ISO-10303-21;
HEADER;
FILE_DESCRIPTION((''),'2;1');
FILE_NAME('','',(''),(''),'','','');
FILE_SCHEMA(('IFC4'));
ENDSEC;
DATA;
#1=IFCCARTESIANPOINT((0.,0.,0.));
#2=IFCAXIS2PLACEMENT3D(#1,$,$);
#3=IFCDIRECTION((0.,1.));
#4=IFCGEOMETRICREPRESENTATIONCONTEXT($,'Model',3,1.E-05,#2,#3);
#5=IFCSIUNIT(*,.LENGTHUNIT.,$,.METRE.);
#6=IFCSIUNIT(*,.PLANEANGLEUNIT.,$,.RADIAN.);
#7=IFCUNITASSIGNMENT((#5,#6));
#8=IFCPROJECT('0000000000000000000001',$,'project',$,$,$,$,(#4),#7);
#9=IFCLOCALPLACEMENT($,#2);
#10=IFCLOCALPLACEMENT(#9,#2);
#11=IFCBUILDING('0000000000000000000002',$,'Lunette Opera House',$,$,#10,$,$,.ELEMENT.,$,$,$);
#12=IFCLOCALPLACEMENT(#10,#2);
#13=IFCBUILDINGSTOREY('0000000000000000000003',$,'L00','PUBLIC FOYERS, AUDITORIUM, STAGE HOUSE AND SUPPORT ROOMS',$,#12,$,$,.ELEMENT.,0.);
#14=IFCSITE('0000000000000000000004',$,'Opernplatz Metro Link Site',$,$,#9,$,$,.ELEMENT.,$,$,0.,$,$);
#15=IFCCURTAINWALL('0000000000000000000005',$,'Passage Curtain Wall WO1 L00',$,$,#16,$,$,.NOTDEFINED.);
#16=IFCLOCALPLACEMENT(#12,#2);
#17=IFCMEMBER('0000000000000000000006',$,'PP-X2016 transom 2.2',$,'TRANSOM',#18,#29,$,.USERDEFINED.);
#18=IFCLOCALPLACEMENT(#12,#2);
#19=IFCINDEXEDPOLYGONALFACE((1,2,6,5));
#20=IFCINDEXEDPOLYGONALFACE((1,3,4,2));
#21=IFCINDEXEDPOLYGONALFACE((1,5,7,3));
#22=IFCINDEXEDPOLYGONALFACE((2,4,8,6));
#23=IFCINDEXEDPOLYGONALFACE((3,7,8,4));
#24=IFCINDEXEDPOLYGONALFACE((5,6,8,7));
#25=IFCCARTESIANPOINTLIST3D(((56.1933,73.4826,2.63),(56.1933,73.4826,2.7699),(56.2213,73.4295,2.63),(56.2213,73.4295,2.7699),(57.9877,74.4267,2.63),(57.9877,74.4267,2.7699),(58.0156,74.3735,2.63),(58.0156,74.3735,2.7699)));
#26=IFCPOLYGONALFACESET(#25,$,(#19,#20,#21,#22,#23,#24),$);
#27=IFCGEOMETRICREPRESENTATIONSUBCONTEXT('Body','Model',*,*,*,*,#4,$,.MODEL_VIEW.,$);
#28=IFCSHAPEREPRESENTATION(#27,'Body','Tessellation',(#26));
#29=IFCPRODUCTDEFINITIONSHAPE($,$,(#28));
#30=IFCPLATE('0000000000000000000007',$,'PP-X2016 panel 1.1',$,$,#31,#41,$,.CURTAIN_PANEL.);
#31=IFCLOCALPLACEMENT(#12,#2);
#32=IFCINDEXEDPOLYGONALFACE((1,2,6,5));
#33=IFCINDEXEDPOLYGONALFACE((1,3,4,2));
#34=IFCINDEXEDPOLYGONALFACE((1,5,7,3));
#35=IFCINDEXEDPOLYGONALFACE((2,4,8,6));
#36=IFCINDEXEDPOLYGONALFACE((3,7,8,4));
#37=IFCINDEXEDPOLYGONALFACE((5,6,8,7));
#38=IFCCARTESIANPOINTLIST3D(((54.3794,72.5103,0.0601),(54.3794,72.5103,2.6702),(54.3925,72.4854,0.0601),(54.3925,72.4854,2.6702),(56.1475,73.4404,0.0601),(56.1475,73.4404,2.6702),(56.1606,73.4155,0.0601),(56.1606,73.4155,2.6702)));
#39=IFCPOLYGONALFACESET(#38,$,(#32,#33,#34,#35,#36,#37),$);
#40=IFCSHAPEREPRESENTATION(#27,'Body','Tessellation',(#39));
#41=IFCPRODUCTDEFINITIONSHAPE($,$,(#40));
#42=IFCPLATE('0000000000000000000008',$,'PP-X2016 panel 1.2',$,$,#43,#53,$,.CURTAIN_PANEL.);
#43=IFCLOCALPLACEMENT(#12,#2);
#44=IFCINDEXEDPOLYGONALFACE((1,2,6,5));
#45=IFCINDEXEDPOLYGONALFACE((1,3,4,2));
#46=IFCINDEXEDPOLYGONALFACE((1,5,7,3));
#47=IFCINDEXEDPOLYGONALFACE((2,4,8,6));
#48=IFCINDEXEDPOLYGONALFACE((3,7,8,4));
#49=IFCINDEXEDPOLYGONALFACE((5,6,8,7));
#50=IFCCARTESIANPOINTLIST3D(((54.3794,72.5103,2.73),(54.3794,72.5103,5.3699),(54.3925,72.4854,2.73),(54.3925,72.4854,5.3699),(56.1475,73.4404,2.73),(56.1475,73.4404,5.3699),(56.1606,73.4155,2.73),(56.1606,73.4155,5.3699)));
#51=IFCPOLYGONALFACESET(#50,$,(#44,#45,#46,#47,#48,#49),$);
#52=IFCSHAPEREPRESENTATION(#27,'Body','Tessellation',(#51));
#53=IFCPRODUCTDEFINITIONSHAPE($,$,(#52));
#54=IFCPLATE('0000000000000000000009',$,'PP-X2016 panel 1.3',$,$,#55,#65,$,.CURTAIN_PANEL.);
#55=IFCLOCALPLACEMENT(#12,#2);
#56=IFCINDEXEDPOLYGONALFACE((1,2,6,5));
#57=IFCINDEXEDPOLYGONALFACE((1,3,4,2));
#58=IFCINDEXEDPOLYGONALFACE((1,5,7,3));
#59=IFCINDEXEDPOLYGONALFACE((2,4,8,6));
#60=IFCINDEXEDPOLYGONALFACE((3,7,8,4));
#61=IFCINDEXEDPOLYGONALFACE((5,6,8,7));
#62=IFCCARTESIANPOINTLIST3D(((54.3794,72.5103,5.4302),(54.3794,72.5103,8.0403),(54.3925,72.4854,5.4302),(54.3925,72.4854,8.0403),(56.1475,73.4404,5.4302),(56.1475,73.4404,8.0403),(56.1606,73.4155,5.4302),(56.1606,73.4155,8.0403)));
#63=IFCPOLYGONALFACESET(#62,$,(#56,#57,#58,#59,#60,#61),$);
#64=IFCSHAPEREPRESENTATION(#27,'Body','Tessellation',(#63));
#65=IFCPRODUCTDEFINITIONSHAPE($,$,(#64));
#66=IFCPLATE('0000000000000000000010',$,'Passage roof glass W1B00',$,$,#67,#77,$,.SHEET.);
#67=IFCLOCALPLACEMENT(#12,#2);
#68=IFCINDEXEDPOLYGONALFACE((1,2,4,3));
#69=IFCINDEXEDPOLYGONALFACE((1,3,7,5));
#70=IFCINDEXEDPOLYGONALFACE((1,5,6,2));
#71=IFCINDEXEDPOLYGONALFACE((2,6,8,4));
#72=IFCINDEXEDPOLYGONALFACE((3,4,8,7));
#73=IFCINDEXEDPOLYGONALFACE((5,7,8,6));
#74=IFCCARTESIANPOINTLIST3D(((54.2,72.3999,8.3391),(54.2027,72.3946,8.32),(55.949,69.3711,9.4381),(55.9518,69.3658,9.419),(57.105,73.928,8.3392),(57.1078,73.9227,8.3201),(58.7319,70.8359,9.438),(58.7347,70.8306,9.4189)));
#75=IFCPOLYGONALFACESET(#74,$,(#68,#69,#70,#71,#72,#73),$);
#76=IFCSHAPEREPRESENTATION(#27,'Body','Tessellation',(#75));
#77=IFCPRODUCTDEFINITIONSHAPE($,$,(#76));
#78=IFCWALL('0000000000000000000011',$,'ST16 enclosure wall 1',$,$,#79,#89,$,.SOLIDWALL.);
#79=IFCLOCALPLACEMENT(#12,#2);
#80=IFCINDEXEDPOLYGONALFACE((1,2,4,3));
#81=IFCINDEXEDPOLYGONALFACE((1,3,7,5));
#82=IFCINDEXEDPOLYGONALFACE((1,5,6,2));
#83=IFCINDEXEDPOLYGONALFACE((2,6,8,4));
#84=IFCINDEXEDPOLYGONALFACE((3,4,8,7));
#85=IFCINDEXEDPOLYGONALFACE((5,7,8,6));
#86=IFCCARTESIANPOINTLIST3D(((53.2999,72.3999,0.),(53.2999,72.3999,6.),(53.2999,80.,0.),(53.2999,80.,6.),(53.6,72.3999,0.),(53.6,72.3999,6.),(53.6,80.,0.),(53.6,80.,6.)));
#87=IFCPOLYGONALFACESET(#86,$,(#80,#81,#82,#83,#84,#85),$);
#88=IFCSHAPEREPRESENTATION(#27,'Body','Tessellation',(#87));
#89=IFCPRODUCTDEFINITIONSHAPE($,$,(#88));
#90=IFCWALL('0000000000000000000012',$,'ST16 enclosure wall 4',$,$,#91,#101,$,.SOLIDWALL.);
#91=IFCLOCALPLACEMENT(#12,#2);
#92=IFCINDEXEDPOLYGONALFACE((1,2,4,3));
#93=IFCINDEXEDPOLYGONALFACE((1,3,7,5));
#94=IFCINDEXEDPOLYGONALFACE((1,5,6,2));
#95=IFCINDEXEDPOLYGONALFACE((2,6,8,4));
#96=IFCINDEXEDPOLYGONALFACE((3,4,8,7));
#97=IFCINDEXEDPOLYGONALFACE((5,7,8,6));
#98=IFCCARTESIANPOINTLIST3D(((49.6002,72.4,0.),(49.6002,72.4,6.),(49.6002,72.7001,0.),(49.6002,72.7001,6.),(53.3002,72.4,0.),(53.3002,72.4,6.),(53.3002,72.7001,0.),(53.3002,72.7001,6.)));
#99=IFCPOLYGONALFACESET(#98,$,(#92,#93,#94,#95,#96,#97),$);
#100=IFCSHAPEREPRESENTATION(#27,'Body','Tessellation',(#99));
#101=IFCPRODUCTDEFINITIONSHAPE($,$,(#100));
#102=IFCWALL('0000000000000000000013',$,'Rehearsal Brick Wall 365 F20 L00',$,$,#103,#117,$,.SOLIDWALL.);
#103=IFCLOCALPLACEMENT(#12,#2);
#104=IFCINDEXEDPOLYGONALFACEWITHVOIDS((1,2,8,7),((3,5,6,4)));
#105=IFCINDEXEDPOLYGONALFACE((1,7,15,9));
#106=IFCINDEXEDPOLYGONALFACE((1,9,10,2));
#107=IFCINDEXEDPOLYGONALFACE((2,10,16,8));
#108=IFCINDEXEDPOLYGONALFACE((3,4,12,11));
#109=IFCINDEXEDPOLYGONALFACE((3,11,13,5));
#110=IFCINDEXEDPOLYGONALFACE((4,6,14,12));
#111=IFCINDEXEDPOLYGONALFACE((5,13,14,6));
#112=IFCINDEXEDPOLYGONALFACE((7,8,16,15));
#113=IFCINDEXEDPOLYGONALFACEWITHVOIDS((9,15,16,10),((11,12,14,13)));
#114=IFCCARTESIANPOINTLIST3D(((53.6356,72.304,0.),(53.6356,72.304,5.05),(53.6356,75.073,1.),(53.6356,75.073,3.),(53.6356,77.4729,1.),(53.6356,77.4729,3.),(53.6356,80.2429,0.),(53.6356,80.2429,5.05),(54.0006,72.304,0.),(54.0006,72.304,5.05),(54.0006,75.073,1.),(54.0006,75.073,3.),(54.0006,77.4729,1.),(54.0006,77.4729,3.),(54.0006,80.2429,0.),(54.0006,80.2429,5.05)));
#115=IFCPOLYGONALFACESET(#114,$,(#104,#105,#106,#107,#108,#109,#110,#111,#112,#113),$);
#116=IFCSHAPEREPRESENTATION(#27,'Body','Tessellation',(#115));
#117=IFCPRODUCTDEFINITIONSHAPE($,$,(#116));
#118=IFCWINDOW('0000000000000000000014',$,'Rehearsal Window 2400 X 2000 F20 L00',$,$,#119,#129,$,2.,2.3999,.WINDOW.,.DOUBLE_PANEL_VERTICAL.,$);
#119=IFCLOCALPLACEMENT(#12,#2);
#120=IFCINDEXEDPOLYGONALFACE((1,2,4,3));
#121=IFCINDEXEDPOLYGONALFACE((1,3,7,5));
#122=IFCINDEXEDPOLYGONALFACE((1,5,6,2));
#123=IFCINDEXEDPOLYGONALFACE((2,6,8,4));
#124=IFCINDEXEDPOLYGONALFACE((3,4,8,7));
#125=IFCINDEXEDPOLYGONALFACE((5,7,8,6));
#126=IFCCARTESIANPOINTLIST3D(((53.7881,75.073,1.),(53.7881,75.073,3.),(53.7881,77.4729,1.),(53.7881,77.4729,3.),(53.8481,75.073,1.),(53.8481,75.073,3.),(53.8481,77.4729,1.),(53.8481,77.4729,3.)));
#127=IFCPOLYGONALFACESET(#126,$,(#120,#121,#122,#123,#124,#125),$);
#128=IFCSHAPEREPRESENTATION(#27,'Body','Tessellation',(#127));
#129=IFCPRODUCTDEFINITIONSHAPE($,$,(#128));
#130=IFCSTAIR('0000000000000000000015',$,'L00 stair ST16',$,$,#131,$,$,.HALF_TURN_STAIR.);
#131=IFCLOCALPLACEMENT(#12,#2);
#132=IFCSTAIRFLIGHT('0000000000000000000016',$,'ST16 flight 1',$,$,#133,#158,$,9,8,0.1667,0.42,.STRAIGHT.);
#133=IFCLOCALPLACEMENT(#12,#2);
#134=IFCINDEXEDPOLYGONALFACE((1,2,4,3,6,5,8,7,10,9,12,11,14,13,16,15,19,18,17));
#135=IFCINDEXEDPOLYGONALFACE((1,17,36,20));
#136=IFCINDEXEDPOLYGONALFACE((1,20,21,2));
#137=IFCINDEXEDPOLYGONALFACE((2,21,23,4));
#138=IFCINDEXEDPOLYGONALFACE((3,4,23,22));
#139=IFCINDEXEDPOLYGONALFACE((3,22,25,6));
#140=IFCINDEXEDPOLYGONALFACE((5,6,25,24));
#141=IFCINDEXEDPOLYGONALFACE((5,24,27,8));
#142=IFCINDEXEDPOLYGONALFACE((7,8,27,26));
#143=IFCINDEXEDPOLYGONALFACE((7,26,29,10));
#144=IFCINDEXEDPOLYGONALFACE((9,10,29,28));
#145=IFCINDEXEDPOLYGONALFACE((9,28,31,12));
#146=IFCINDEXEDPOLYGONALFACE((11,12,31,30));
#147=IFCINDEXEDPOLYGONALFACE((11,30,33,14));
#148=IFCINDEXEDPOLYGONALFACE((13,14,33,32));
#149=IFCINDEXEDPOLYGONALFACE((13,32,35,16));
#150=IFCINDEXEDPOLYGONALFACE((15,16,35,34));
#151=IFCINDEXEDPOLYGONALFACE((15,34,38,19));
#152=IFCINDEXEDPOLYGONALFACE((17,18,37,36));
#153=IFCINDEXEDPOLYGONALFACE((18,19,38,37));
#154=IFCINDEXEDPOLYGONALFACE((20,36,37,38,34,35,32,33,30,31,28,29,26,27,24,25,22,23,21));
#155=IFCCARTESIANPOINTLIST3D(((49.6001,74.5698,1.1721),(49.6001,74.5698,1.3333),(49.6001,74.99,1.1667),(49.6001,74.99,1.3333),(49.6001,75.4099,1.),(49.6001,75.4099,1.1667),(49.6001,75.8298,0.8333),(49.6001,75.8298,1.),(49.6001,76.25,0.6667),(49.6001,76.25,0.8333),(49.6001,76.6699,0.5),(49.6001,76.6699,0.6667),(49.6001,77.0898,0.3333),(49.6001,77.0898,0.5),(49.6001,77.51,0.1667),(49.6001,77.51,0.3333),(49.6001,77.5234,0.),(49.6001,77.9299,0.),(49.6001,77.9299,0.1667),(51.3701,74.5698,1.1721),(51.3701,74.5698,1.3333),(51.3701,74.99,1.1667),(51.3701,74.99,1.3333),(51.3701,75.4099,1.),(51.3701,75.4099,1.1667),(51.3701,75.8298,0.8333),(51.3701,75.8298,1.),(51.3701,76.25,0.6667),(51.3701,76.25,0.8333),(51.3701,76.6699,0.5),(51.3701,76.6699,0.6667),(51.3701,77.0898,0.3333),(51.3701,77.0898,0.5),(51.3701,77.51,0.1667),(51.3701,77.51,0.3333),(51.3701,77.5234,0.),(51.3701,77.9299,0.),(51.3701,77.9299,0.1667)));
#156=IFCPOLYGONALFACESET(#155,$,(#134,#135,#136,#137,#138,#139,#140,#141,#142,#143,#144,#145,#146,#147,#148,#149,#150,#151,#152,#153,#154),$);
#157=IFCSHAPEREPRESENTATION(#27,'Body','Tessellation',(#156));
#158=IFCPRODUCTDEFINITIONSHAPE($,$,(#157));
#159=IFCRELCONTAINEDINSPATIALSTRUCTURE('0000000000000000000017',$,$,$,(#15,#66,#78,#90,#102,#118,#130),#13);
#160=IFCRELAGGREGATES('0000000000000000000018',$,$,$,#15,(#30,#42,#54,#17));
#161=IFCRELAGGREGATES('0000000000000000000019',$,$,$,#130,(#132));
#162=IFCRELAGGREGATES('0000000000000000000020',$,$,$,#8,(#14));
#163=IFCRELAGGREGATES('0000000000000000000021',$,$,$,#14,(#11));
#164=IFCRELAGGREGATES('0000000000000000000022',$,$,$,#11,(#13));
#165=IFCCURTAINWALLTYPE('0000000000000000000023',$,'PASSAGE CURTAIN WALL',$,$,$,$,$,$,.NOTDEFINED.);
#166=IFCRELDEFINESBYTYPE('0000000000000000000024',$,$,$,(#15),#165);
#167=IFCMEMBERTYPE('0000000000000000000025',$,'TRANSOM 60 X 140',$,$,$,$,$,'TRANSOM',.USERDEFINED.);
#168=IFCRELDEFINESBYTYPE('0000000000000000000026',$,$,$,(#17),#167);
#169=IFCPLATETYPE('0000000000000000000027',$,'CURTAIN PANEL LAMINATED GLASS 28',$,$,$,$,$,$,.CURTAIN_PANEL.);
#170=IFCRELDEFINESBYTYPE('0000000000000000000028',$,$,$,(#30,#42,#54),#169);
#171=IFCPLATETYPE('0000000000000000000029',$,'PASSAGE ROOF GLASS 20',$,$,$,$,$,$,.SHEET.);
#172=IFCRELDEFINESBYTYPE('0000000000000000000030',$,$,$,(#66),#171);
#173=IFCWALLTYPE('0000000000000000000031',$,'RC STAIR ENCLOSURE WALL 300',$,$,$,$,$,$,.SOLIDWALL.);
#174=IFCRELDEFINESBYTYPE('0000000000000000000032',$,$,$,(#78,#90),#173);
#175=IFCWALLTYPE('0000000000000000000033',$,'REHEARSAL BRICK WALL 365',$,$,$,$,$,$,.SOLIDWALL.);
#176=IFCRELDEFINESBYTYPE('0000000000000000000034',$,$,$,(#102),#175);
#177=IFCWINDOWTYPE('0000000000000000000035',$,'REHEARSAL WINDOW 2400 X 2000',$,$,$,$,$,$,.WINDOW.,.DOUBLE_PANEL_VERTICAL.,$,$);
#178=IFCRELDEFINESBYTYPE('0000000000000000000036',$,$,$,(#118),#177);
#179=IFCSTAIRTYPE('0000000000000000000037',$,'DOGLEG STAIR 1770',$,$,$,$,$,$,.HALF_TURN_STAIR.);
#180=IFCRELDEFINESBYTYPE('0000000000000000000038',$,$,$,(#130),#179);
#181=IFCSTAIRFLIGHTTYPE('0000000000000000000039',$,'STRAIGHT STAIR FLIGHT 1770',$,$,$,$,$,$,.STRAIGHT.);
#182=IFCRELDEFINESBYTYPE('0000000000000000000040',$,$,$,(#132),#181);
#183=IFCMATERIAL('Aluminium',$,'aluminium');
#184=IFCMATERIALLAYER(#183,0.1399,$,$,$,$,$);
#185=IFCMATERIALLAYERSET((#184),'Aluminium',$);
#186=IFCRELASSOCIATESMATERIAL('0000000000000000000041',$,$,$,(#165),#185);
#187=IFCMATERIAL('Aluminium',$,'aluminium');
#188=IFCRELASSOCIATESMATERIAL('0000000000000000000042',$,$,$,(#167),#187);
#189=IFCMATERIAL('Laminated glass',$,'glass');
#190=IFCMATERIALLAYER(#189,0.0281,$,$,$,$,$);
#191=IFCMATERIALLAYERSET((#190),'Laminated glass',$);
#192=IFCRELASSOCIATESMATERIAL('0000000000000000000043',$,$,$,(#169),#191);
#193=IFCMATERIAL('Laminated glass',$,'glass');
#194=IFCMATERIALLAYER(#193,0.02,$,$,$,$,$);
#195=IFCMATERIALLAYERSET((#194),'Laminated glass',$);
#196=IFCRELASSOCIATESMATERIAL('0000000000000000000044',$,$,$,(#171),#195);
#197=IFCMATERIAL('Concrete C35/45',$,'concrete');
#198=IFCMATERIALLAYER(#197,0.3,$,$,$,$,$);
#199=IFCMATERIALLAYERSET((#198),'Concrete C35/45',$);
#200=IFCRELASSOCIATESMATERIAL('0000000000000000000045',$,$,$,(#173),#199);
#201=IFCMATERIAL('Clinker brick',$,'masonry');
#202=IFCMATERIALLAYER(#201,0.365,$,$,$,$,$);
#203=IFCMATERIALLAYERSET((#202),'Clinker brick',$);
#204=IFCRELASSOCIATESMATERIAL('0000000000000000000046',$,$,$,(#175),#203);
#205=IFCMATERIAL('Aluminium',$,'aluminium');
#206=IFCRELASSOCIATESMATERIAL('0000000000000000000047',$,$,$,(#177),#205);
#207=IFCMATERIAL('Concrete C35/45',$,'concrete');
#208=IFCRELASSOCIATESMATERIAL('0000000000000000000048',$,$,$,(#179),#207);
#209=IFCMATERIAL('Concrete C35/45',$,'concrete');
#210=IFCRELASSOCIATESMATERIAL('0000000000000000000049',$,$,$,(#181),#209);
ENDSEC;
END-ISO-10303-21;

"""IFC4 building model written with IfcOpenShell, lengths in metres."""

from ifc_helpers import new_model, si_unit, direction, frame, frame_2d, origin, origin_2d, place, context, subcontext, project, spatial, polyline, rectangle, outline, extrude, material, layer, layer_set, material_profile, profile_set, type_object, element, fill, aggregate, save


model = new_model("IFC4")

# Units and contexts
model_context = context("Model", 3, precision=1e-05, world=origin(), true_north=direction((0.0, 1.0)))
body_context = subcontext(model_context, "Body", "Model", "MODEL_VIEW")
ifc_project = project(units=[si_unit("LENGTHUNIT", "METRE"), si_unit("PLANEANGLEUNIT", "RADIAN")], contexts=[model_context])

# Site, building, storey
site_placement = place(None, origin())
site = spatial("IfcSite", under=ifc_project, at=site_placement, Name="Opernplatz Metro Link Site", CompositionType="ELEMENT", RefElevation=0.0)
building_placement = place(site_placement, origin())
building = spatial("IfcBuilding", under=site, at=building_placement, Name="Lunette Opera House", CompositionType="ELEMENT")
storey_placement = place(building_placement, origin())
storey = spatial("IfcBuildingStorey", under=building, at=storey_placement, Name="L00", Description="PUBLIC FOYERS, AUDITORIUM, STAGE HOUSE AND SUPPORT ROOMS", CompositionType="ELEMENT", Elevation=0.0)

# Curtain wall
ifc_material_1 = material(Name="Aluminium", Category="aluminium")
ifc_layer_1 = layer(ifc_material_1, 0.1399)
ifc_layer_set_1 = layer_set([ifc_layer_1], Name="Aluminium")
curtain_wall_type = type_object("IfcCurtainWallType", Name="PASSAGE CURTAIN WALL", PredefinedType="NOTDEFINED", material=ifc_layer_set_1)
curtain_wall_placement = place(storey_placement, origin())
curtain_wall = element("IfcCurtainWall", 1, at=curtain_wall_placement, inside=storey, type_object=curtain_wall_type, Name="Passage Curtain Wall WO1 L00", PredefinedType="NOTDEFINED")

# Member
ifc_material_2 = material(Name="Aluminium", Category="aluminium")
ifc_material_profile_1 = material_profile(ifc_material_2, rectangle(XDim=0.0601, YDim=0.1399, at=origin_2d()), Name="TRANSOM 60 X 140")
ifc_profile_set_1 = profile_set([ifc_material_profile_1], Name="Aluminium")
member_type_1 = type_object("IfcMemberType", Name="TRANSOM 60 X 140", ElementType="TRANSOM", PredefinedType="USERDEFINED", material=ifc_profile_set_1)
member_1_placement = place(storey_placement, frame((56.2073, 73.4561, 2.7), z_axis=(0.884989, 0.465612, 0.0), x_axis=(-0.465612, 0.884989, 0.0)))
member_1 = element("IfcMember", 2, at=member_1_placement, type_object=member_type_1, Name="PP-X2016 transom 2.2", ObjectType="TRANSOM", PredefinedType="USERDEFINED", context=body_context, shape_type="SweptSolid", body=[
    extrude(rectangle(XDim=0.0601, YDim=0.1399, at=origin_2d()), origin(), (0.0, 0.0, 1.0), 2.0276),
])

# Plates
ifc_material_3 = material(Name="Laminated glass", Category="glass")
ifc_layer_2 = layer(ifc_material_3, 0.0281)
ifc_layer_set_2 = layer_set([ifc_layer_2], Name="Laminated glass")
plate_type_1 = type_object("IfcPlateType", Name="CURTAIN PANEL LAMINATED GLASS 28", PredefinedType="CURTAIN_PANEL", material=ifc_layer_set_2)
plate_1_placement = place(storey_placement, frame((55.27, 72.9629, 0.0601), z_axis=(0.0, 0.0, 1.0), x_axis=(0.885008, 0.465575, 0.0)))
plate_1 = element("IfcPlate", 3, at=plate_1_placement, type_object=plate_type_1, Name="PP-X2016 panel 1.1", PredefinedType="CURTAIN_PANEL", context=body_context, shape_type="SweptSolid", body=[
    extrude(rectangle(XDim=1.9978, YDim=0.0281, at=origin_2d()), origin(), (0.0, 0.0, 1.0), 2.6101),
])
plate_2_placement = place(storey_placement, frame((55.27, 72.9629, 2.73), z_axis=(0.0, 0.0, 1.0), x_axis=(0.885008, 0.465575, 0.0)))
plate_2 = element("IfcPlate", 4, at=plate_2_placement, type_object=plate_type_1, Name="PP-X2016 panel 1.2", PredefinedType="CURTAIN_PANEL", context=body_context, shape_type="SweptSolid", body=[
    extrude(rectangle(XDim=1.9978, YDim=0.0281, at=origin_2d()), origin(), (0.0, 0.0, 1.0), 2.6399),
])
plate_3_placement = place(storey_placement, frame((55.27, 72.9629, 5.4302), z_axis=(0.0, 0.0, 1.0), x_axis=(0.885008, 0.465575, 0.0)))
plate_3 = element("IfcPlate", 5, at=plate_3_placement, type_object=plate_type_1, Name="PP-X2016 panel 1.3", PredefinedType="CURTAIN_PANEL", context=body_context, shape_type="SweptSolid", body=[
    extrude(rectangle(XDim=1.9978, YDim=0.0281, at=origin_2d()), origin(), (0.0, 0.0, 1.0), 2.6101),
])
aggregate(curtain_wall, [plate_1, plate_2, plate_3, member_1])
ifc_material_4 = material(Name="Laminated glass", Category="glass")
ifc_layer_3 = layer(ifc_material_4, 0.02)
ifc_layer_set_3 = layer_set([ifc_layer_3], Name="Laminated glass")
plate_type_2 = type_object("IfcPlateType", Name="PASSAGE ROOF GLASS 20", PredefinedType="SHEET", material=ifc_layer_set_3)
plate_4_placement = place(storey_placement, frame((54.2, 72.3999, 8.3391), z_axis=(-0.139689, 0.265477, 0.953944), x_axis=(0.885024, 0.465546, 0.000039)))
element("IfcPlate", 6, at=plate_4_placement, inside=storey, type_object=plate_type_2, Name="Passage roof glass W1B00", PredefinedType="SHEET", context=body_context, shape_type="SweptSolid", body=[
    extrude(outline(polyline([(0.0, 0.0), (3.2824, 0.0), (3.2829, -3.6627), (0.1379, -3.6635), (0.0, 0.0)])), origin(), (0.0, 0.0, -1.0), 0.02),
])

# Walls
ifc_material_5 = material(Name="Concrete C35/45", Category="concrete")
ifc_layer_4 = layer(ifc_material_5, 0.3)
ifc_layer_set_4 = layer_set([ifc_layer_4], Name="Concrete C35/45")
wall_type_1 = type_object("IfcWallType", Name="RC STAIR ENCLOSURE WALL 300", PredefinedType="SOLIDWALL", material=ifc_layer_set_4)
wall_1_placement = place(storey_placement, frame((53.45, 72.3999, 0.0), z_axis=(0.0, 0.0, 1.0), x_axis=(0.0, 1.0, 0.0)))
element("IfcWall", 7, at=wall_1_placement, inside=storey, type_object=wall_type_1, Name="ST16 enclosure wall 1", PredefinedType="SOLIDWALL", context=body_context, shape_type="SweptSolid", body=[
    extrude(rectangle(XDim=7.6001, YDim=0.3, at=frame_2d((3.8, 0.0))), origin(), (0.0, 0.0, 1.0), 6.0),
])
wall_2_placement = place(storey_placement, frame((49.6001, 72.55, 0.0), z_axis=(0.0, 0.0, 1.0), x_axis=(1.0, 0.0, 0.0)))
element("IfcWall", 8, at=wall_2_placement, inside=storey, type_object=wall_type_1, Name="ST16 enclosure wall 4", PredefinedType="SOLIDWALL", context=body_context, shape_type="SweptSolid", body=[
    extrude(rectangle(XDim=3.7, YDim=0.3, at=frame_2d((1.8501, 0.0))), origin(), (0.0, 0.0, 1.0), 6.0),
])

# Wall, opening, window
ifc_material_6 = material(Name="Clinker brick", Category="masonry")
ifc_layer_5 = layer(ifc_material_6, 0.365)
ifc_layer_set_5 = layer_set([ifc_layer_5], Name="Clinker brick")
wall_type_2 = type_object("IfcWallType", Name="REHEARSAL BRICK WALL 365", PredefinedType="SOLIDWALL", material=ifc_layer_set_5)
wall_3_placement = place(storey_placement, frame((53.8181, 72.304, 0.0), z_axis=(0.0, 0.0, 1.0), x_axis=(0.0, 1.0, 0.0)))
wall_3 = element("IfcWall", 9, at=wall_3_placement, inside=storey, type_object=wall_type_2, Name="Rehearsal Brick Wall 365 F20 L00", PredefinedType="SOLIDWALL", context=body_context, shape_type="SweptSolid", body=[
    extrude(rectangle(XDim=7.939, YDim=0.365, at=frame_2d((3.9695, 0.0))), origin(), (0.0, 0.0, 1.0), 5.05),
])
opening_placement = place(wall_3_placement, frame((2.769, 0.0, 1.0)))
opening = element("IfcOpeningElement", 10, at=opening_placement, cuts=wall_3, PredefinedType="OPENING", context=body_context, shape_type="SweptSolid", body=[
    extrude(rectangle(XDim=2.3999, YDim=2.0, at=frame_2d((1.2, 1.0))), frame((0.0, 0.1946, 0.0), z_axis=(0.0, -1.0, 0.0), x_axis=(1.0, 0.0, 0.0)), (0.0, 0.0, 1.0), 0.3889),
])
ifc_material_7 = material(Name="Aluminium", Category="aluminium")
window_type = type_object("IfcWindowType", Name="REHEARSAL WINDOW 2400 X 2000", PartitioningType="DOUBLE_PANEL_VERTICAL", PredefinedType="WINDOW", material=ifc_material_7)
window_placement = place(opening_placement, origin())
window = element("IfcWindow", 11, at=window_placement, inside=storey, type_object=window_type, Name="Rehearsal Window 2400 X 2000 F20 L00", OverallHeight=2.0, OverallWidth=2.3999, PartitioningType="DOUBLE_PANEL_VERTICAL", PredefinedType="WINDOW", context=body_context, shape_type="SweptSolid", body=[
    extrude(rectangle(XDim=2.3999, YDim=2.0, at=frame_2d((1.2, 1.0))), frame((0.0, 0.03, 0.0), z_axis=(0.0, -1.0, 0.0), x_axis=(1.0, 0.0, 0.0)), (0.0, 0.0, 1.0), 0.0601),
])
fill(opening, window)

# Stair, stair flight
ifc_material_8 = material(Name="Concrete C35/45", Category="concrete")
stair_type = type_object("IfcStairType", Name="DOGLEG STAIR 1770", PredefinedType="HALF_TURN_STAIR", material=ifc_material_8)
stair_placement = place(storey_placement, origin())
stair = element("IfcStair", 12, at=stair_placement, inside=storey, type_object=stair_type, Name="L00 stair ST16", PredefinedType="HALF_TURN_STAIR")
ifc_material_9 = material(Name="Concrete C35/45", Category="concrete")
stair_flight_type = type_object("IfcStairFlightType", Name="STRAIGHT STAIR FLIGHT 1770", PredefinedType="STRAIGHT", material=ifc_material_9)
stair_flight_1_placement = place(storey_placement, frame((50.4851, 77.9299, 0.0), z_axis=(0.0, 0.0, 1.0), x_axis=(0.0, -1.0, 0.0)))
stair_flight_1 = element("IfcStairFlight", 13, at=stair_flight_1_placement, type_object=stair_flight_type, Name="ST16 flight 1", NumberOfRisers=9, NumberOfTreads=8, PredefinedType="STRAIGHT", RiserHeight=0.1667, TreadLength=0.42, context=body_context, shape_type="SweptSolid", body=[
    extrude(outline(polyline([(0.0, 0.0), (0.0, 0.1667), (0.4199, 0.1667), (0.4199, 0.3333), (0.8401, 0.3333), (0.8401, 0.5), (1.26, 0.5), (1.26, 0.6667), (1.6799, 0.6667), (1.6799, 0.8333), (2.1001, 0.8333), (2.1001, 1.0), (2.52, 1.0), (2.52, 1.1667), (2.9399, 1.1667), (2.9399, 1.3333), (3.3601, 1.3333), (3.3601, 1.5), (3.3601, 1.1721), (0.4065, 0.0), (0.0, 0.0)])), frame((0.0, 0.885, 0.0), z_axis=(0.0, -1.0, 0.0), x_axis=(1.0, 0.0, 0.0)), (0.0, 0.0, 1.0), 1.77),
])
aggregate(stair, [stair_flight_1])

save(model, "model.ifc")
